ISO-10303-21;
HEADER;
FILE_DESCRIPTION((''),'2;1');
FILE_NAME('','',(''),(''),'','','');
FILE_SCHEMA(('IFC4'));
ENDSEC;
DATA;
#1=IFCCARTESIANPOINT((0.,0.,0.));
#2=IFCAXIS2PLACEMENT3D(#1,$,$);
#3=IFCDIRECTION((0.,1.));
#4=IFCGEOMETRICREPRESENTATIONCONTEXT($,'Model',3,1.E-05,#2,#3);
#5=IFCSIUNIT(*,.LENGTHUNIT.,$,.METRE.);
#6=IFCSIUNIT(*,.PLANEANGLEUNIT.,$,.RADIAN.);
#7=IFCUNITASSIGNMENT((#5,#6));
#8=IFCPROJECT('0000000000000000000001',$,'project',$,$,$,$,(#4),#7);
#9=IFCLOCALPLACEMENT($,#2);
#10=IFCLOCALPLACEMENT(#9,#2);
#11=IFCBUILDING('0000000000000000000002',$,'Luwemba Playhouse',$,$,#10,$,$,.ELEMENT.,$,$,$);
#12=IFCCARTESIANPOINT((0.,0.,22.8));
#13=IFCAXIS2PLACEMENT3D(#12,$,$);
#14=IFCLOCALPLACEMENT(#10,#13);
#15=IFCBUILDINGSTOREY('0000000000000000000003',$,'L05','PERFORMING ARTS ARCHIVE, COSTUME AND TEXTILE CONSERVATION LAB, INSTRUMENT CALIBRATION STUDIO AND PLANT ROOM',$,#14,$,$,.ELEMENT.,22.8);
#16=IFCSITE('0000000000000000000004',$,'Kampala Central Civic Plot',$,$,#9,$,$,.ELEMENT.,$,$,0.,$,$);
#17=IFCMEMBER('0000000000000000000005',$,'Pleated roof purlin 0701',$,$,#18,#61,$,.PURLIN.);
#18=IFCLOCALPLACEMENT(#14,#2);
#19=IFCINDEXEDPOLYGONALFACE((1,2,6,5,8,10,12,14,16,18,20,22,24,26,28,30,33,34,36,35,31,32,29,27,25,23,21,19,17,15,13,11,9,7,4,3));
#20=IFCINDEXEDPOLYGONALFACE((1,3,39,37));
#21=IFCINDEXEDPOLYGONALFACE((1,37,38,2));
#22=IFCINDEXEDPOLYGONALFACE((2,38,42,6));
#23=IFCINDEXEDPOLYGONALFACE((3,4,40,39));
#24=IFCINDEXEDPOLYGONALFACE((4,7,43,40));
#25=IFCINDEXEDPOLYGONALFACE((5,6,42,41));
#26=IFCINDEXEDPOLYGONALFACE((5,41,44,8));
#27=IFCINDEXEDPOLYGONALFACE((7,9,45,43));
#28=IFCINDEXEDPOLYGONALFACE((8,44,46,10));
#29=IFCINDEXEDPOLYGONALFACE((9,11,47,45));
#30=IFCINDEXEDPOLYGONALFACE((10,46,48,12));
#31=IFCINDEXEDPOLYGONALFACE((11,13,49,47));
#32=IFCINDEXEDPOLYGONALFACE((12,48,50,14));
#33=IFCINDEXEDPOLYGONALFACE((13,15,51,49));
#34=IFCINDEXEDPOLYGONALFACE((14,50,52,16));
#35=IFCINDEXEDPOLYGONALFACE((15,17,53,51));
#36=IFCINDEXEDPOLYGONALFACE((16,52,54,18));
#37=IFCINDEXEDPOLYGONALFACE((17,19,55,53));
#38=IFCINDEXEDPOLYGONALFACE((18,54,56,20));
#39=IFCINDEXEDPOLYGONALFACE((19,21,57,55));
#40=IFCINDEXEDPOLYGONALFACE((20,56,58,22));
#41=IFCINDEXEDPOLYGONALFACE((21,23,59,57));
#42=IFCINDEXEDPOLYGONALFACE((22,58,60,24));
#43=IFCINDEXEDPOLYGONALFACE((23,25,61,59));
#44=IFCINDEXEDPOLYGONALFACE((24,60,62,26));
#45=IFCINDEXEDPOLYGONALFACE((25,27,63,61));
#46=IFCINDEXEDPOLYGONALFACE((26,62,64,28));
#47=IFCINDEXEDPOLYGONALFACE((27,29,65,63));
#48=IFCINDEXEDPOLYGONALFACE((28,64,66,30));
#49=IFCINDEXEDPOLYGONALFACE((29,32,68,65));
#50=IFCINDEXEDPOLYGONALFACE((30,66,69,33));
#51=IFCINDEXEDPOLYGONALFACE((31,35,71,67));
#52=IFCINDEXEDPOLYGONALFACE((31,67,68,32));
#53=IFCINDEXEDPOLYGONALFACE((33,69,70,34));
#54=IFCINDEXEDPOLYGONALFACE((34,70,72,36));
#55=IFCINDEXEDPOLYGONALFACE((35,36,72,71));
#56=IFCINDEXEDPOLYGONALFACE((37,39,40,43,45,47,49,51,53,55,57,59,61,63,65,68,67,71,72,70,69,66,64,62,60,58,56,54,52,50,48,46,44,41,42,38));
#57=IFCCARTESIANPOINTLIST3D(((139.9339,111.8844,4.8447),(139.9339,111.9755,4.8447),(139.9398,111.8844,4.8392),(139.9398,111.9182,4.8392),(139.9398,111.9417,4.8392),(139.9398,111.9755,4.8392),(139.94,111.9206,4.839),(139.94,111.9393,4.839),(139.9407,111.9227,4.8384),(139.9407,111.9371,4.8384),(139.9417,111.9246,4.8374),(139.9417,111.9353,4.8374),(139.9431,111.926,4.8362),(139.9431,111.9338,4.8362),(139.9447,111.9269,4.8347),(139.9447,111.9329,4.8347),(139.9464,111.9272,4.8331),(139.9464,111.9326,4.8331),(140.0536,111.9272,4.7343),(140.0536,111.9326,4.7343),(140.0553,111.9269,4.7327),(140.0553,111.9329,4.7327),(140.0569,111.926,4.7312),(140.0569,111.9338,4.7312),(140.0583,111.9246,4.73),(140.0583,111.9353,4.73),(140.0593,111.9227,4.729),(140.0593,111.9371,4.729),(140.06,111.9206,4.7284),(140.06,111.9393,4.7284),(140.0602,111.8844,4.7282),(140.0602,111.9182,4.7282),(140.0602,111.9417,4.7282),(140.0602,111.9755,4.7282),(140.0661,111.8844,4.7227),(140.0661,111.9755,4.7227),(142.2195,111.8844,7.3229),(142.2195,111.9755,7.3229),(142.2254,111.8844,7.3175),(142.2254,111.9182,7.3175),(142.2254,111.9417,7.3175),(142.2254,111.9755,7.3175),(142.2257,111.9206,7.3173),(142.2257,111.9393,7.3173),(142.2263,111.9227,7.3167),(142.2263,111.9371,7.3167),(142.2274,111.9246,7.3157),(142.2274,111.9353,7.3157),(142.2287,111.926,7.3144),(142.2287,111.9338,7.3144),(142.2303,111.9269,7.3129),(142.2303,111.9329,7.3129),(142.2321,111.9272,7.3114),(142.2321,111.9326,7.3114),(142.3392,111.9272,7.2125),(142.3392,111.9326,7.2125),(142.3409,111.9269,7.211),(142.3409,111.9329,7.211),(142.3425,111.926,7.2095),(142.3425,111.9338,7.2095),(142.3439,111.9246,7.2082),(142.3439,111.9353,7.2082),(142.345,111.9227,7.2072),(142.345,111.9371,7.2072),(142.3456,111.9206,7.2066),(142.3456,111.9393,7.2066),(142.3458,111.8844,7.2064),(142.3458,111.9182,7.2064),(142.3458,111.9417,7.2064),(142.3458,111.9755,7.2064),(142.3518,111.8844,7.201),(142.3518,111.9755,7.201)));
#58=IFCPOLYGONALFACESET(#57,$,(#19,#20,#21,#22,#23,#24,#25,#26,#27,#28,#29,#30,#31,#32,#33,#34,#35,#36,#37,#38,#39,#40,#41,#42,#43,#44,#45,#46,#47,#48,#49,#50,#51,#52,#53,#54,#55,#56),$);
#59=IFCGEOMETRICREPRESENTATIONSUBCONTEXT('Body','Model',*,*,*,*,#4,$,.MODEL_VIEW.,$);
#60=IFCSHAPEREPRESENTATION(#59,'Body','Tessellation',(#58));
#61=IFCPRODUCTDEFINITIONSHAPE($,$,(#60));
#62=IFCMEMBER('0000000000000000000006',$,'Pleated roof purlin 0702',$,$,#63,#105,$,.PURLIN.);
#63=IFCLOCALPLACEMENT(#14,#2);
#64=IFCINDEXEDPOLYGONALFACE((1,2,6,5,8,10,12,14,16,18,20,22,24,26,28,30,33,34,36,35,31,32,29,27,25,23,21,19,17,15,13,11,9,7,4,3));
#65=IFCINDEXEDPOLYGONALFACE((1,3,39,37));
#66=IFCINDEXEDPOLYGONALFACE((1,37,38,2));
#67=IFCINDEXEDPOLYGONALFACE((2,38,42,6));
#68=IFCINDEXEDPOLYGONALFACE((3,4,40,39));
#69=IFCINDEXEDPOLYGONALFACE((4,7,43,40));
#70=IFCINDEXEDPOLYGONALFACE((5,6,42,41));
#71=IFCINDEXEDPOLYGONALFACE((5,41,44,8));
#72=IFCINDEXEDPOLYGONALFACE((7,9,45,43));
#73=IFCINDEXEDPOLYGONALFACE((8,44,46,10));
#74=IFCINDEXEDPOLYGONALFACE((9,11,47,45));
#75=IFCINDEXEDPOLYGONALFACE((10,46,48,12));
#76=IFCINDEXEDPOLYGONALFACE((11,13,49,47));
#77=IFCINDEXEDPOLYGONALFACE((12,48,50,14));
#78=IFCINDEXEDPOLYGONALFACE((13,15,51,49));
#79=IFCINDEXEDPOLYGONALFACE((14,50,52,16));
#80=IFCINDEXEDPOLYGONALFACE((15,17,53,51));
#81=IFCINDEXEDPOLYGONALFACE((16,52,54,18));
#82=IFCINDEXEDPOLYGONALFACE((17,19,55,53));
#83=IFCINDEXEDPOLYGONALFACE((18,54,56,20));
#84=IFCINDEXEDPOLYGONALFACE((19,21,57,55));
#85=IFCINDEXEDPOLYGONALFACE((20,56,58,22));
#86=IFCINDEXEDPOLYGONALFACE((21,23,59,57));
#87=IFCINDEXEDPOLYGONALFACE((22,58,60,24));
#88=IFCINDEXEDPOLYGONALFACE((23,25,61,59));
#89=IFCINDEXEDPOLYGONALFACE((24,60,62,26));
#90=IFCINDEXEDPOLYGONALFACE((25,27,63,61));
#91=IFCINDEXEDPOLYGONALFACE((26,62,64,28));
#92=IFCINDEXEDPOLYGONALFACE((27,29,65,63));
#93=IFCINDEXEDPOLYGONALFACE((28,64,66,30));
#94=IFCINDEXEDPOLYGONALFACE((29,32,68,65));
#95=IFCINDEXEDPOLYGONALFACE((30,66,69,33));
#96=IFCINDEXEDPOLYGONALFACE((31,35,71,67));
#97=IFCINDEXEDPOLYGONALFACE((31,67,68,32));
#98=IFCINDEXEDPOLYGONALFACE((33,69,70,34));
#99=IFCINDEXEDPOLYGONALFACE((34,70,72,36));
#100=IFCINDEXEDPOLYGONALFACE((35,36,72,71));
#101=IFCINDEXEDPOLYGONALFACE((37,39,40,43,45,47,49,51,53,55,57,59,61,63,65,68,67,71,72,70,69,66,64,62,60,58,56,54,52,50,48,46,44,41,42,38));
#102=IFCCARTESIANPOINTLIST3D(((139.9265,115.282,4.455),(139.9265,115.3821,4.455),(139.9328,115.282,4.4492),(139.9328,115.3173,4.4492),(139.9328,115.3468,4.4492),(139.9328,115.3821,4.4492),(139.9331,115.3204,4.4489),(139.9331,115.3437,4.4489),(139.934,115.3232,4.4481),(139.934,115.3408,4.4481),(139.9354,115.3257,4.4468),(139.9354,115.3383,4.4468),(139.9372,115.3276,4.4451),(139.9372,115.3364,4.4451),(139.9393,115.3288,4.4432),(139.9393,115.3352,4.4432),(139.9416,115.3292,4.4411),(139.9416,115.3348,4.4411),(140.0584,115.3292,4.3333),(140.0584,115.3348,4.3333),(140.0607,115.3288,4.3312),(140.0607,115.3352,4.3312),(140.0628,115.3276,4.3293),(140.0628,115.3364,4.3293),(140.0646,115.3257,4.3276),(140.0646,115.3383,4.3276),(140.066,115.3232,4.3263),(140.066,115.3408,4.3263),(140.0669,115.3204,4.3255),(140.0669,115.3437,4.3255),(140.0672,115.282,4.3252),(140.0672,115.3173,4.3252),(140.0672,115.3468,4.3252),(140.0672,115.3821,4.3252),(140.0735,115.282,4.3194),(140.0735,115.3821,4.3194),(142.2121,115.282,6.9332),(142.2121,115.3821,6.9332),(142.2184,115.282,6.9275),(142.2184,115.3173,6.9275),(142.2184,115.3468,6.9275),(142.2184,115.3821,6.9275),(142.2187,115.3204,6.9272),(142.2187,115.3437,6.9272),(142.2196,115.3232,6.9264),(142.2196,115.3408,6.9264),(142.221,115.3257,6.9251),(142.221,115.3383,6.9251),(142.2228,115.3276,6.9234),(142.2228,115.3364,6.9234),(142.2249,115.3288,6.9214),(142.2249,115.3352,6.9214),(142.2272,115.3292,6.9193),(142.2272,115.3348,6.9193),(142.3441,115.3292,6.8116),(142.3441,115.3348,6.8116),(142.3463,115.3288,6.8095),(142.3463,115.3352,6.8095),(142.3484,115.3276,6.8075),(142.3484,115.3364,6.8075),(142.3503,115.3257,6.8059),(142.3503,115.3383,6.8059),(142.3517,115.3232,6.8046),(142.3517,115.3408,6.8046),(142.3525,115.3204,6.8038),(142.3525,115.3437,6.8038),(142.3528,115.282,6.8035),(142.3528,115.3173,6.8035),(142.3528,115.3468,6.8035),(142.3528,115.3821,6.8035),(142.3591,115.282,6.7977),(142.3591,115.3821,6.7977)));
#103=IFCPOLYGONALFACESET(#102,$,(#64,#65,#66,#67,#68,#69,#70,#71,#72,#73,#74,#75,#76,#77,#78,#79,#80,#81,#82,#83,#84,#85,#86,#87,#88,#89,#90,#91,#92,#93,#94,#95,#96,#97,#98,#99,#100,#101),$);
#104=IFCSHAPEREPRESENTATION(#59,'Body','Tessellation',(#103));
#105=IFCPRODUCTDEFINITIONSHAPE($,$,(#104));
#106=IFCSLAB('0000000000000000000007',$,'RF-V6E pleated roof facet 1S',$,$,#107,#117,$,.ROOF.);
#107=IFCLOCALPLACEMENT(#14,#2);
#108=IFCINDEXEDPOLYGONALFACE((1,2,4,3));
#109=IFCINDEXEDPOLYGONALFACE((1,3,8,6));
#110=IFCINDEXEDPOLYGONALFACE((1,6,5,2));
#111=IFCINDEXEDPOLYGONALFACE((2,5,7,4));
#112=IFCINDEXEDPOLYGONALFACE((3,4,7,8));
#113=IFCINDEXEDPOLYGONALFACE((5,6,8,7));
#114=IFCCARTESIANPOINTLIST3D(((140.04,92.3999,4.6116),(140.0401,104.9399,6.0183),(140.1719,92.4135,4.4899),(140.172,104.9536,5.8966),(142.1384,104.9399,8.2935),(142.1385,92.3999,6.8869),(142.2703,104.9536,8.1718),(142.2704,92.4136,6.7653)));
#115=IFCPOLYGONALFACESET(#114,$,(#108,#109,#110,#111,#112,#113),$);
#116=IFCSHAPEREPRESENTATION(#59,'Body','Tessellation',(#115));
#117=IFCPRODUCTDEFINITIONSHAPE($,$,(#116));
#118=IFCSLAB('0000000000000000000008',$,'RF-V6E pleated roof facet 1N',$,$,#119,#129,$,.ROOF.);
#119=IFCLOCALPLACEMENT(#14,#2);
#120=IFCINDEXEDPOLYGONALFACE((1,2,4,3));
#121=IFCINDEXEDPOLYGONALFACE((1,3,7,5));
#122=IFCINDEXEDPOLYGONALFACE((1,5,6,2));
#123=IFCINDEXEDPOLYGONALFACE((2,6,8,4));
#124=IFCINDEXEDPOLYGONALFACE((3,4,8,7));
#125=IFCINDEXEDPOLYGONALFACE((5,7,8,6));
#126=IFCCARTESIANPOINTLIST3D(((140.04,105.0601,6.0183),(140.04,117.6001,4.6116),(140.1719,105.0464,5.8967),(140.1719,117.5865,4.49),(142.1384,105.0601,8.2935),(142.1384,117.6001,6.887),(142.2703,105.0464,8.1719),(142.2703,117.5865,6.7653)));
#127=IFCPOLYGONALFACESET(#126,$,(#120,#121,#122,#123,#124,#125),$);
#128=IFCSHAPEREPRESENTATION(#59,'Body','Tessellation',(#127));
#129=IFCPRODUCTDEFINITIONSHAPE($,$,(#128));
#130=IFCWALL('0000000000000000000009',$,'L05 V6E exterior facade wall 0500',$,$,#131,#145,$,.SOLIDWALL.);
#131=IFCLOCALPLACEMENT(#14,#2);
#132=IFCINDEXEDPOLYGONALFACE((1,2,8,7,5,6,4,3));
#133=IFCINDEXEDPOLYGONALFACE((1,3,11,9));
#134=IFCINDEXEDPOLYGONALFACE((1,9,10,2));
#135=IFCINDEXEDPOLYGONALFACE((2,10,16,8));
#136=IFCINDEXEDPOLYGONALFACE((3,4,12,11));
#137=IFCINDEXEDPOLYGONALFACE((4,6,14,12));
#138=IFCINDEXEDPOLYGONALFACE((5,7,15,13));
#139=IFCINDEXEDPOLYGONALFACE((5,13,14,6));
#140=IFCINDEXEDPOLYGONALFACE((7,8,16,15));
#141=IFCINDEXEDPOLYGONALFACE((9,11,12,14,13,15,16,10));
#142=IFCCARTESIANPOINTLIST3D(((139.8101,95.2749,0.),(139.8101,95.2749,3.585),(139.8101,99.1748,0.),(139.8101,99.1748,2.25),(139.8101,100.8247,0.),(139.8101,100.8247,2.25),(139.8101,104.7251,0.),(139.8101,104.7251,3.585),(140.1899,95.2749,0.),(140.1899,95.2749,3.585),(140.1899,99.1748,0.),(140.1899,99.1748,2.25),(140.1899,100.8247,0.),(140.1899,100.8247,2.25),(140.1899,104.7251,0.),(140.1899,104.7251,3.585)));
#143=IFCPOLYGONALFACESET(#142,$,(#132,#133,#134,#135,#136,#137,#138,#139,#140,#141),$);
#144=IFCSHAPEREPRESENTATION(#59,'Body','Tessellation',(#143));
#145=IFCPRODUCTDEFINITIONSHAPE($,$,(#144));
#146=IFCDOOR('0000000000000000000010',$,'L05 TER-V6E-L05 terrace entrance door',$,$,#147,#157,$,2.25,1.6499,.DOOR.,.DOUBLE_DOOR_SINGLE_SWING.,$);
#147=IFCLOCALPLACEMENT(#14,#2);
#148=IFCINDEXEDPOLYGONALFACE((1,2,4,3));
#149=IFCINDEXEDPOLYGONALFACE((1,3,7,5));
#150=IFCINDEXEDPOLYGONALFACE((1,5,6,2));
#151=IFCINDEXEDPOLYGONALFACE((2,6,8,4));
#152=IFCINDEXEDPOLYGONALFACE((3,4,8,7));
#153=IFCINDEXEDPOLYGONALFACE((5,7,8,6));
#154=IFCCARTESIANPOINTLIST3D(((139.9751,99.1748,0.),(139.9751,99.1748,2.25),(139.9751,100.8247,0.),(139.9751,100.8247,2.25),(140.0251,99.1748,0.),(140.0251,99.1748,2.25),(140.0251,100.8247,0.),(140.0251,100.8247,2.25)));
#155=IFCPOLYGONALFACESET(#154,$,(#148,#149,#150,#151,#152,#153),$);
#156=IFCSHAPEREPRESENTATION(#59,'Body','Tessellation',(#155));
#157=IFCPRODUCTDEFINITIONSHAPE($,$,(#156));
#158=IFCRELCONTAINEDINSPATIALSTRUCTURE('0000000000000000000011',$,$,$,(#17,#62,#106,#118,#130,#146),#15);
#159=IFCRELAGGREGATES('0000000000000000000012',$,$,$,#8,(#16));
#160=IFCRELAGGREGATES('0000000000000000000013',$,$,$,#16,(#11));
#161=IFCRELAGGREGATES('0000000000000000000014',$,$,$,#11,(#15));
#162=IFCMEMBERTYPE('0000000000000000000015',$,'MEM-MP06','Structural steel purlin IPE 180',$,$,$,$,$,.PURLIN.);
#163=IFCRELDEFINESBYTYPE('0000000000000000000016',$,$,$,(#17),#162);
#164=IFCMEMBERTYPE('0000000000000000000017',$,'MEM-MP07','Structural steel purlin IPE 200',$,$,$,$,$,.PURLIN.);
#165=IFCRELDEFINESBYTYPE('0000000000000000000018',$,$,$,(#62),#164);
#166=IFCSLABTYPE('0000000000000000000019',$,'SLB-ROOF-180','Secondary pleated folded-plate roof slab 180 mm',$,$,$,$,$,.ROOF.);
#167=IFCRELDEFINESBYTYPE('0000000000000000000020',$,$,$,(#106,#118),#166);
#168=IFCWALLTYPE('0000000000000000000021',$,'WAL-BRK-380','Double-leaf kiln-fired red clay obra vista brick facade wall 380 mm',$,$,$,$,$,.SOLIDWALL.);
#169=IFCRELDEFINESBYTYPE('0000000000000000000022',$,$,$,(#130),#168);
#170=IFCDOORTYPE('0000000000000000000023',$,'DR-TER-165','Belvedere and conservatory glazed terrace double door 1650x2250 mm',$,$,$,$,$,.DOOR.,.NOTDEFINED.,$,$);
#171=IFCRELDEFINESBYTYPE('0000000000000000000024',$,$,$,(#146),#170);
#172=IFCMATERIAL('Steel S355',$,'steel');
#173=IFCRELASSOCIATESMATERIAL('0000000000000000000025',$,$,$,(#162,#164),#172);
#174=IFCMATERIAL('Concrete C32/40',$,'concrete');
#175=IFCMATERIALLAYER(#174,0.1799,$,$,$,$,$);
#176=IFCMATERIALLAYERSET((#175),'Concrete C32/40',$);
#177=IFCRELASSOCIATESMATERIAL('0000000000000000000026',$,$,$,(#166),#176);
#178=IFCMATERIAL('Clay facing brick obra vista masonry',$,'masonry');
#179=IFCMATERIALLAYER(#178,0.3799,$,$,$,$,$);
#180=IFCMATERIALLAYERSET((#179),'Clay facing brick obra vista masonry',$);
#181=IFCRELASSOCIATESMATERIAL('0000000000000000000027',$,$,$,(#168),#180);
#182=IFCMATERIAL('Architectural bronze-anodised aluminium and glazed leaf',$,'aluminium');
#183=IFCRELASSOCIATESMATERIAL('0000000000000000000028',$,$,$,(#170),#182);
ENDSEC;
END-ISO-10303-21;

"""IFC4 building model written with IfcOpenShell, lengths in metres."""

from ifc_helpers import new_model, si_unit, direction, frame, frame_2d, origin, origin_2d, place, context, subcontext, project, spatial, polyline, rectangle, i_section, outline, extrude, material, layer, layer_set, material_profile, profile_set, type_object, element, fill, save


model = new_model("IFC4")

# Units and contexts
model_context = context("Model", 3, precision=1e-05, world=origin(), true_north=direction((0.0, 1.0)))
body_context = subcontext(model_context, "Body", "Model", "MODEL_VIEW")
ifc_project = project(units=[si_unit("LENGTHUNIT", "METRE"), si_unit("PLANEANGLEUNIT", "RADIAN")], contexts=[model_context])

# Site, building, storey
site_placement = place(None, origin())
site = spatial("IfcSite", under=ifc_project, at=site_placement, Name="Kampala Central Civic Plot", CompositionType="ELEMENT", RefElevation=0.0)
building_placement = place(site_placement, origin())
building = spatial("IfcBuilding", under=site, at=building_placement, Name="Luwemba Playhouse", CompositionType="ELEMENT")
storey_placement = place(building_placement, frame((0.0, 0.0, 22.8)))
storey = spatial("IfcBuildingStorey", under=building, at=storey_placement, Name="L05", Description="PERFORMING ARTS ARCHIVE, COSTUME AND TEXTILE CONSERVATION LAB, INSTRUMENT CALIBRATION STUDIO AND PLANT ROOM", CompositionType="ELEMENT", Elevation=22.8)

# Shared definitions
ifc_material_1 = material(Name="Steel S355", Category="steel")

# Members
ifc_material_profile_1 = material_profile(ifc_material_1, i_section(OverallWidth=0.0911, OverallDepth=0.1799, WebThickness=0.0054, FlangeThickness=0.0081, FilletRadius=0.009, at=origin_2d()))
ifc_profile_set_1 = profile_set([ifc_material_profile_1], Name="Steel S355")
member_type_1 = type_object("IfcMemberType", Name="MEM-MP06", Description="Structural steel purlin IPE 180", PredefinedType="PURLIN", material=ifc_profile_set_1)
member_1_placement = place(storey_placement, frame((140.0, 111.9299, 4.7837), z_axis=(0.677961, 0.0, 0.735098), x_axis=(0.0, 1.0, 0.0)))
element("IfcMember", 1, at=member_1_placement, inside=storey, type_object=member_type_1, Name="Pleated roof purlin 0701", PredefinedType="PURLIN", context=body_context, shape_type="SweptSolid", body=[
    extrude(i_section(OverallWidth=0.0911, OverallDepth=0.1799, WebThickness=0.0054, FlangeThickness=0.0081, FilletRadius=0.009, at=origin_2d()), origin(), (0.0, 0.0, 1.0), 3.3713),
])
ifc_material_profile_2 = material_profile(ifc_material_1, i_section(OverallWidth=0.1001, OverallDepth=0.2, WebThickness=0.0056, FlangeThickness=0.0085, FilletRadius=0.012, at=origin_2d()))
ifc_profile_set_2 = profile_set([ifc_material_profile_2], Name="Steel S355")
member_type_2 = type_object("IfcMemberType", Name="MEM-MP07", Description="Structural steel purlin IPE 200", PredefinedType="PURLIN", material=ifc_profile_set_2)
member_2_placement = place(storey_placement, frame((140.0, 115.332, 4.3872), z_axis=(0.677961, 0.0, 0.735098), x_axis=(0.0, 1.0, 0.0)))
element("IfcMember", 2, at=member_2_placement, inside=storey, type_object=member_type_2, Name="Pleated roof purlin 0702", PredefinedType="PURLIN", context=body_context, shape_type="SweptSolid", body=[
    extrude(i_section(OverallWidth=0.1001, OverallDepth=0.2, WebThickness=0.0056, FlangeThickness=0.0085, FilletRadius=0.012, at=origin_2d()), origin(), (0.0, 0.0, 1.0), 3.3713),
])

# Slabs
ifc_material_2 = material(Name="Concrete C32/40", Category="concrete")
ifc_layer_1 = layer(ifc_material_2, 0.1799)
ifc_layer_set_1 = layer_set([ifc_layer_1], Name="Concrete C32/40")
slab_type = type_object("IfcSlabType", Name="SLB-ROOF-180", Description="Secondary pleated folded-plate roof slab 180 mm", PredefinedType="ROOF", material=ifc_layer_set_1)
slab_1_placement = place(storey_placement, frame((140.04, 92.3999, 4.6116), z_axis=(-0.732986, -0.075827, 0.676004), x_axis=(0.677956, 0.000002, 0.735103)))
element("IfcSlab", 3, at=slab_1_placement, inside=storey, type_object=slab_type, Name="RF-V6E pleated roof facet 1S", PredefinedType="ROOF", context=body_context, shape_type="SweptSolid", body=[
    extrude(outline(polyline([(0.0, 0.0), (3.0953, 0.0), (4.1292, 12.5762), (1.0341, 12.5763), (0.0, 0.0)])), origin(), (0.0, 0.0, -1.0), 0.1799),
])
slab_2_placement = place(storey_placement, frame((140.04, 105.0601, 6.0183), z_axis=(-0.732986, 0.075827, 0.676004), x_axis=(0.677956, 0.000002, 0.735103)))
element("IfcSlab", 4, at=slab_2_placement, inside=storey, type_object=slab_type, Name="RF-V6E pleated roof facet 1N", PredefinedType="ROOF", context=body_context, shape_type="SweptSolid", body=[
    extrude(outline(polyline([(0.0, 0.0), (3.0951, 0.0), (2.0612, 12.5762), (-1.0341, 12.5763), (0.0, 0.0)])), origin(), (0.0, 0.0, -1.0), 0.1799),
])

# Wall, opening, door
ifc_material_3 = material(Name="Clay facing brick obra vista masonry", Category="masonry")
ifc_layer_2 = layer(ifc_material_3, 0.3799)
ifc_layer_set_2 = layer_set([ifc_layer_2], Name="Clay facing brick obra vista masonry")
wall_type_1 = type_object("IfcWallType", Name="WAL-BRK-380", Description="Double-leaf kiln-fired red clay obra vista brick facade wall 380 mm", PredefinedType="SOLIDWALL", material=ifc_layer_set_2)
wall_1_placement = place(storey_placement, frame((140.0, 95.2749, 0.0), z_axis=(0.0, 0.0, 1.0), x_axis=(0.0, 1.0, 0.0)))
wall_1 = element("IfcWall", 5, at=wall_1_placement, inside=storey, type_object=wall_type_1, Name="L05 V6E exterior facade wall 0500", PredefinedType="SOLIDWALL", context=body_context, shape_type="SweptSolid", body=[
    extrude(rectangle(XDim=9.4502, YDim=0.3799, at=frame_2d((4.7251, 0.0))), origin(), (0.0, 0.0, 1.0), 3.585),
])
opening_1_placement = place(wall_1_placement, frame((3.8999, 0.0, 0.0)))
opening_1 = element("IfcOpeningElement", 6, at=opening_1_placement, cuts=wall_1, PredefinedType="OPENING", context=body_context, shape_type="SweptSolid", body=[
    extrude(rectangle(XDim=1.6499, YDim=2.25, at=frame_2d((0.825, 1.125))), frame((0.0, 0.2, 0.0), z_axis=(0.0, -1.0, 0.0), x_axis=(1.0, 0.0, 0.0)), (0.0, 0.0, 1.0), 0.3999),
])
ifc_material_4 = material(Name="Architectural bronze-anodised aluminium and glazed leaf", Category="aluminium")
door_type_1 = type_object("IfcDoorType", Name="DR-TER-165", Description="Belvedere and conservatory glazed terrace double door 1650x2250 mm", OperationType="NOTDEFINED", PredefinedType="DOOR", material=ifc_material_4)
door_1_placement = place(opening_1_placement, origin())
door_1 = element("IfcDoor", 7, at=door_1_placement, inside=storey, type_object=door_type_1, Name="L05 TER-V6E-L05 terrace entrance door", OperationType="DOUBLE_DOOR_SINGLE_SWING", OverallHeight=2.25, OverallWidth=1.6499, PredefinedType="DOOR", context=body_context, shape_type="SweptSolid", body=[
    extrude(rectangle(XDim=1.6499, YDim=2.25, at=frame_2d((0.825, 1.125))), frame((0.0, 0.0249, 0.0), z_axis=(0.0, -1.0, 0.0), x_axis=(1.0, 0.0, 0.0)), (0.0, 0.0, 1.0), 0.05),
])
fill(opening_1, door_1)

save(model, "model.ifc")
